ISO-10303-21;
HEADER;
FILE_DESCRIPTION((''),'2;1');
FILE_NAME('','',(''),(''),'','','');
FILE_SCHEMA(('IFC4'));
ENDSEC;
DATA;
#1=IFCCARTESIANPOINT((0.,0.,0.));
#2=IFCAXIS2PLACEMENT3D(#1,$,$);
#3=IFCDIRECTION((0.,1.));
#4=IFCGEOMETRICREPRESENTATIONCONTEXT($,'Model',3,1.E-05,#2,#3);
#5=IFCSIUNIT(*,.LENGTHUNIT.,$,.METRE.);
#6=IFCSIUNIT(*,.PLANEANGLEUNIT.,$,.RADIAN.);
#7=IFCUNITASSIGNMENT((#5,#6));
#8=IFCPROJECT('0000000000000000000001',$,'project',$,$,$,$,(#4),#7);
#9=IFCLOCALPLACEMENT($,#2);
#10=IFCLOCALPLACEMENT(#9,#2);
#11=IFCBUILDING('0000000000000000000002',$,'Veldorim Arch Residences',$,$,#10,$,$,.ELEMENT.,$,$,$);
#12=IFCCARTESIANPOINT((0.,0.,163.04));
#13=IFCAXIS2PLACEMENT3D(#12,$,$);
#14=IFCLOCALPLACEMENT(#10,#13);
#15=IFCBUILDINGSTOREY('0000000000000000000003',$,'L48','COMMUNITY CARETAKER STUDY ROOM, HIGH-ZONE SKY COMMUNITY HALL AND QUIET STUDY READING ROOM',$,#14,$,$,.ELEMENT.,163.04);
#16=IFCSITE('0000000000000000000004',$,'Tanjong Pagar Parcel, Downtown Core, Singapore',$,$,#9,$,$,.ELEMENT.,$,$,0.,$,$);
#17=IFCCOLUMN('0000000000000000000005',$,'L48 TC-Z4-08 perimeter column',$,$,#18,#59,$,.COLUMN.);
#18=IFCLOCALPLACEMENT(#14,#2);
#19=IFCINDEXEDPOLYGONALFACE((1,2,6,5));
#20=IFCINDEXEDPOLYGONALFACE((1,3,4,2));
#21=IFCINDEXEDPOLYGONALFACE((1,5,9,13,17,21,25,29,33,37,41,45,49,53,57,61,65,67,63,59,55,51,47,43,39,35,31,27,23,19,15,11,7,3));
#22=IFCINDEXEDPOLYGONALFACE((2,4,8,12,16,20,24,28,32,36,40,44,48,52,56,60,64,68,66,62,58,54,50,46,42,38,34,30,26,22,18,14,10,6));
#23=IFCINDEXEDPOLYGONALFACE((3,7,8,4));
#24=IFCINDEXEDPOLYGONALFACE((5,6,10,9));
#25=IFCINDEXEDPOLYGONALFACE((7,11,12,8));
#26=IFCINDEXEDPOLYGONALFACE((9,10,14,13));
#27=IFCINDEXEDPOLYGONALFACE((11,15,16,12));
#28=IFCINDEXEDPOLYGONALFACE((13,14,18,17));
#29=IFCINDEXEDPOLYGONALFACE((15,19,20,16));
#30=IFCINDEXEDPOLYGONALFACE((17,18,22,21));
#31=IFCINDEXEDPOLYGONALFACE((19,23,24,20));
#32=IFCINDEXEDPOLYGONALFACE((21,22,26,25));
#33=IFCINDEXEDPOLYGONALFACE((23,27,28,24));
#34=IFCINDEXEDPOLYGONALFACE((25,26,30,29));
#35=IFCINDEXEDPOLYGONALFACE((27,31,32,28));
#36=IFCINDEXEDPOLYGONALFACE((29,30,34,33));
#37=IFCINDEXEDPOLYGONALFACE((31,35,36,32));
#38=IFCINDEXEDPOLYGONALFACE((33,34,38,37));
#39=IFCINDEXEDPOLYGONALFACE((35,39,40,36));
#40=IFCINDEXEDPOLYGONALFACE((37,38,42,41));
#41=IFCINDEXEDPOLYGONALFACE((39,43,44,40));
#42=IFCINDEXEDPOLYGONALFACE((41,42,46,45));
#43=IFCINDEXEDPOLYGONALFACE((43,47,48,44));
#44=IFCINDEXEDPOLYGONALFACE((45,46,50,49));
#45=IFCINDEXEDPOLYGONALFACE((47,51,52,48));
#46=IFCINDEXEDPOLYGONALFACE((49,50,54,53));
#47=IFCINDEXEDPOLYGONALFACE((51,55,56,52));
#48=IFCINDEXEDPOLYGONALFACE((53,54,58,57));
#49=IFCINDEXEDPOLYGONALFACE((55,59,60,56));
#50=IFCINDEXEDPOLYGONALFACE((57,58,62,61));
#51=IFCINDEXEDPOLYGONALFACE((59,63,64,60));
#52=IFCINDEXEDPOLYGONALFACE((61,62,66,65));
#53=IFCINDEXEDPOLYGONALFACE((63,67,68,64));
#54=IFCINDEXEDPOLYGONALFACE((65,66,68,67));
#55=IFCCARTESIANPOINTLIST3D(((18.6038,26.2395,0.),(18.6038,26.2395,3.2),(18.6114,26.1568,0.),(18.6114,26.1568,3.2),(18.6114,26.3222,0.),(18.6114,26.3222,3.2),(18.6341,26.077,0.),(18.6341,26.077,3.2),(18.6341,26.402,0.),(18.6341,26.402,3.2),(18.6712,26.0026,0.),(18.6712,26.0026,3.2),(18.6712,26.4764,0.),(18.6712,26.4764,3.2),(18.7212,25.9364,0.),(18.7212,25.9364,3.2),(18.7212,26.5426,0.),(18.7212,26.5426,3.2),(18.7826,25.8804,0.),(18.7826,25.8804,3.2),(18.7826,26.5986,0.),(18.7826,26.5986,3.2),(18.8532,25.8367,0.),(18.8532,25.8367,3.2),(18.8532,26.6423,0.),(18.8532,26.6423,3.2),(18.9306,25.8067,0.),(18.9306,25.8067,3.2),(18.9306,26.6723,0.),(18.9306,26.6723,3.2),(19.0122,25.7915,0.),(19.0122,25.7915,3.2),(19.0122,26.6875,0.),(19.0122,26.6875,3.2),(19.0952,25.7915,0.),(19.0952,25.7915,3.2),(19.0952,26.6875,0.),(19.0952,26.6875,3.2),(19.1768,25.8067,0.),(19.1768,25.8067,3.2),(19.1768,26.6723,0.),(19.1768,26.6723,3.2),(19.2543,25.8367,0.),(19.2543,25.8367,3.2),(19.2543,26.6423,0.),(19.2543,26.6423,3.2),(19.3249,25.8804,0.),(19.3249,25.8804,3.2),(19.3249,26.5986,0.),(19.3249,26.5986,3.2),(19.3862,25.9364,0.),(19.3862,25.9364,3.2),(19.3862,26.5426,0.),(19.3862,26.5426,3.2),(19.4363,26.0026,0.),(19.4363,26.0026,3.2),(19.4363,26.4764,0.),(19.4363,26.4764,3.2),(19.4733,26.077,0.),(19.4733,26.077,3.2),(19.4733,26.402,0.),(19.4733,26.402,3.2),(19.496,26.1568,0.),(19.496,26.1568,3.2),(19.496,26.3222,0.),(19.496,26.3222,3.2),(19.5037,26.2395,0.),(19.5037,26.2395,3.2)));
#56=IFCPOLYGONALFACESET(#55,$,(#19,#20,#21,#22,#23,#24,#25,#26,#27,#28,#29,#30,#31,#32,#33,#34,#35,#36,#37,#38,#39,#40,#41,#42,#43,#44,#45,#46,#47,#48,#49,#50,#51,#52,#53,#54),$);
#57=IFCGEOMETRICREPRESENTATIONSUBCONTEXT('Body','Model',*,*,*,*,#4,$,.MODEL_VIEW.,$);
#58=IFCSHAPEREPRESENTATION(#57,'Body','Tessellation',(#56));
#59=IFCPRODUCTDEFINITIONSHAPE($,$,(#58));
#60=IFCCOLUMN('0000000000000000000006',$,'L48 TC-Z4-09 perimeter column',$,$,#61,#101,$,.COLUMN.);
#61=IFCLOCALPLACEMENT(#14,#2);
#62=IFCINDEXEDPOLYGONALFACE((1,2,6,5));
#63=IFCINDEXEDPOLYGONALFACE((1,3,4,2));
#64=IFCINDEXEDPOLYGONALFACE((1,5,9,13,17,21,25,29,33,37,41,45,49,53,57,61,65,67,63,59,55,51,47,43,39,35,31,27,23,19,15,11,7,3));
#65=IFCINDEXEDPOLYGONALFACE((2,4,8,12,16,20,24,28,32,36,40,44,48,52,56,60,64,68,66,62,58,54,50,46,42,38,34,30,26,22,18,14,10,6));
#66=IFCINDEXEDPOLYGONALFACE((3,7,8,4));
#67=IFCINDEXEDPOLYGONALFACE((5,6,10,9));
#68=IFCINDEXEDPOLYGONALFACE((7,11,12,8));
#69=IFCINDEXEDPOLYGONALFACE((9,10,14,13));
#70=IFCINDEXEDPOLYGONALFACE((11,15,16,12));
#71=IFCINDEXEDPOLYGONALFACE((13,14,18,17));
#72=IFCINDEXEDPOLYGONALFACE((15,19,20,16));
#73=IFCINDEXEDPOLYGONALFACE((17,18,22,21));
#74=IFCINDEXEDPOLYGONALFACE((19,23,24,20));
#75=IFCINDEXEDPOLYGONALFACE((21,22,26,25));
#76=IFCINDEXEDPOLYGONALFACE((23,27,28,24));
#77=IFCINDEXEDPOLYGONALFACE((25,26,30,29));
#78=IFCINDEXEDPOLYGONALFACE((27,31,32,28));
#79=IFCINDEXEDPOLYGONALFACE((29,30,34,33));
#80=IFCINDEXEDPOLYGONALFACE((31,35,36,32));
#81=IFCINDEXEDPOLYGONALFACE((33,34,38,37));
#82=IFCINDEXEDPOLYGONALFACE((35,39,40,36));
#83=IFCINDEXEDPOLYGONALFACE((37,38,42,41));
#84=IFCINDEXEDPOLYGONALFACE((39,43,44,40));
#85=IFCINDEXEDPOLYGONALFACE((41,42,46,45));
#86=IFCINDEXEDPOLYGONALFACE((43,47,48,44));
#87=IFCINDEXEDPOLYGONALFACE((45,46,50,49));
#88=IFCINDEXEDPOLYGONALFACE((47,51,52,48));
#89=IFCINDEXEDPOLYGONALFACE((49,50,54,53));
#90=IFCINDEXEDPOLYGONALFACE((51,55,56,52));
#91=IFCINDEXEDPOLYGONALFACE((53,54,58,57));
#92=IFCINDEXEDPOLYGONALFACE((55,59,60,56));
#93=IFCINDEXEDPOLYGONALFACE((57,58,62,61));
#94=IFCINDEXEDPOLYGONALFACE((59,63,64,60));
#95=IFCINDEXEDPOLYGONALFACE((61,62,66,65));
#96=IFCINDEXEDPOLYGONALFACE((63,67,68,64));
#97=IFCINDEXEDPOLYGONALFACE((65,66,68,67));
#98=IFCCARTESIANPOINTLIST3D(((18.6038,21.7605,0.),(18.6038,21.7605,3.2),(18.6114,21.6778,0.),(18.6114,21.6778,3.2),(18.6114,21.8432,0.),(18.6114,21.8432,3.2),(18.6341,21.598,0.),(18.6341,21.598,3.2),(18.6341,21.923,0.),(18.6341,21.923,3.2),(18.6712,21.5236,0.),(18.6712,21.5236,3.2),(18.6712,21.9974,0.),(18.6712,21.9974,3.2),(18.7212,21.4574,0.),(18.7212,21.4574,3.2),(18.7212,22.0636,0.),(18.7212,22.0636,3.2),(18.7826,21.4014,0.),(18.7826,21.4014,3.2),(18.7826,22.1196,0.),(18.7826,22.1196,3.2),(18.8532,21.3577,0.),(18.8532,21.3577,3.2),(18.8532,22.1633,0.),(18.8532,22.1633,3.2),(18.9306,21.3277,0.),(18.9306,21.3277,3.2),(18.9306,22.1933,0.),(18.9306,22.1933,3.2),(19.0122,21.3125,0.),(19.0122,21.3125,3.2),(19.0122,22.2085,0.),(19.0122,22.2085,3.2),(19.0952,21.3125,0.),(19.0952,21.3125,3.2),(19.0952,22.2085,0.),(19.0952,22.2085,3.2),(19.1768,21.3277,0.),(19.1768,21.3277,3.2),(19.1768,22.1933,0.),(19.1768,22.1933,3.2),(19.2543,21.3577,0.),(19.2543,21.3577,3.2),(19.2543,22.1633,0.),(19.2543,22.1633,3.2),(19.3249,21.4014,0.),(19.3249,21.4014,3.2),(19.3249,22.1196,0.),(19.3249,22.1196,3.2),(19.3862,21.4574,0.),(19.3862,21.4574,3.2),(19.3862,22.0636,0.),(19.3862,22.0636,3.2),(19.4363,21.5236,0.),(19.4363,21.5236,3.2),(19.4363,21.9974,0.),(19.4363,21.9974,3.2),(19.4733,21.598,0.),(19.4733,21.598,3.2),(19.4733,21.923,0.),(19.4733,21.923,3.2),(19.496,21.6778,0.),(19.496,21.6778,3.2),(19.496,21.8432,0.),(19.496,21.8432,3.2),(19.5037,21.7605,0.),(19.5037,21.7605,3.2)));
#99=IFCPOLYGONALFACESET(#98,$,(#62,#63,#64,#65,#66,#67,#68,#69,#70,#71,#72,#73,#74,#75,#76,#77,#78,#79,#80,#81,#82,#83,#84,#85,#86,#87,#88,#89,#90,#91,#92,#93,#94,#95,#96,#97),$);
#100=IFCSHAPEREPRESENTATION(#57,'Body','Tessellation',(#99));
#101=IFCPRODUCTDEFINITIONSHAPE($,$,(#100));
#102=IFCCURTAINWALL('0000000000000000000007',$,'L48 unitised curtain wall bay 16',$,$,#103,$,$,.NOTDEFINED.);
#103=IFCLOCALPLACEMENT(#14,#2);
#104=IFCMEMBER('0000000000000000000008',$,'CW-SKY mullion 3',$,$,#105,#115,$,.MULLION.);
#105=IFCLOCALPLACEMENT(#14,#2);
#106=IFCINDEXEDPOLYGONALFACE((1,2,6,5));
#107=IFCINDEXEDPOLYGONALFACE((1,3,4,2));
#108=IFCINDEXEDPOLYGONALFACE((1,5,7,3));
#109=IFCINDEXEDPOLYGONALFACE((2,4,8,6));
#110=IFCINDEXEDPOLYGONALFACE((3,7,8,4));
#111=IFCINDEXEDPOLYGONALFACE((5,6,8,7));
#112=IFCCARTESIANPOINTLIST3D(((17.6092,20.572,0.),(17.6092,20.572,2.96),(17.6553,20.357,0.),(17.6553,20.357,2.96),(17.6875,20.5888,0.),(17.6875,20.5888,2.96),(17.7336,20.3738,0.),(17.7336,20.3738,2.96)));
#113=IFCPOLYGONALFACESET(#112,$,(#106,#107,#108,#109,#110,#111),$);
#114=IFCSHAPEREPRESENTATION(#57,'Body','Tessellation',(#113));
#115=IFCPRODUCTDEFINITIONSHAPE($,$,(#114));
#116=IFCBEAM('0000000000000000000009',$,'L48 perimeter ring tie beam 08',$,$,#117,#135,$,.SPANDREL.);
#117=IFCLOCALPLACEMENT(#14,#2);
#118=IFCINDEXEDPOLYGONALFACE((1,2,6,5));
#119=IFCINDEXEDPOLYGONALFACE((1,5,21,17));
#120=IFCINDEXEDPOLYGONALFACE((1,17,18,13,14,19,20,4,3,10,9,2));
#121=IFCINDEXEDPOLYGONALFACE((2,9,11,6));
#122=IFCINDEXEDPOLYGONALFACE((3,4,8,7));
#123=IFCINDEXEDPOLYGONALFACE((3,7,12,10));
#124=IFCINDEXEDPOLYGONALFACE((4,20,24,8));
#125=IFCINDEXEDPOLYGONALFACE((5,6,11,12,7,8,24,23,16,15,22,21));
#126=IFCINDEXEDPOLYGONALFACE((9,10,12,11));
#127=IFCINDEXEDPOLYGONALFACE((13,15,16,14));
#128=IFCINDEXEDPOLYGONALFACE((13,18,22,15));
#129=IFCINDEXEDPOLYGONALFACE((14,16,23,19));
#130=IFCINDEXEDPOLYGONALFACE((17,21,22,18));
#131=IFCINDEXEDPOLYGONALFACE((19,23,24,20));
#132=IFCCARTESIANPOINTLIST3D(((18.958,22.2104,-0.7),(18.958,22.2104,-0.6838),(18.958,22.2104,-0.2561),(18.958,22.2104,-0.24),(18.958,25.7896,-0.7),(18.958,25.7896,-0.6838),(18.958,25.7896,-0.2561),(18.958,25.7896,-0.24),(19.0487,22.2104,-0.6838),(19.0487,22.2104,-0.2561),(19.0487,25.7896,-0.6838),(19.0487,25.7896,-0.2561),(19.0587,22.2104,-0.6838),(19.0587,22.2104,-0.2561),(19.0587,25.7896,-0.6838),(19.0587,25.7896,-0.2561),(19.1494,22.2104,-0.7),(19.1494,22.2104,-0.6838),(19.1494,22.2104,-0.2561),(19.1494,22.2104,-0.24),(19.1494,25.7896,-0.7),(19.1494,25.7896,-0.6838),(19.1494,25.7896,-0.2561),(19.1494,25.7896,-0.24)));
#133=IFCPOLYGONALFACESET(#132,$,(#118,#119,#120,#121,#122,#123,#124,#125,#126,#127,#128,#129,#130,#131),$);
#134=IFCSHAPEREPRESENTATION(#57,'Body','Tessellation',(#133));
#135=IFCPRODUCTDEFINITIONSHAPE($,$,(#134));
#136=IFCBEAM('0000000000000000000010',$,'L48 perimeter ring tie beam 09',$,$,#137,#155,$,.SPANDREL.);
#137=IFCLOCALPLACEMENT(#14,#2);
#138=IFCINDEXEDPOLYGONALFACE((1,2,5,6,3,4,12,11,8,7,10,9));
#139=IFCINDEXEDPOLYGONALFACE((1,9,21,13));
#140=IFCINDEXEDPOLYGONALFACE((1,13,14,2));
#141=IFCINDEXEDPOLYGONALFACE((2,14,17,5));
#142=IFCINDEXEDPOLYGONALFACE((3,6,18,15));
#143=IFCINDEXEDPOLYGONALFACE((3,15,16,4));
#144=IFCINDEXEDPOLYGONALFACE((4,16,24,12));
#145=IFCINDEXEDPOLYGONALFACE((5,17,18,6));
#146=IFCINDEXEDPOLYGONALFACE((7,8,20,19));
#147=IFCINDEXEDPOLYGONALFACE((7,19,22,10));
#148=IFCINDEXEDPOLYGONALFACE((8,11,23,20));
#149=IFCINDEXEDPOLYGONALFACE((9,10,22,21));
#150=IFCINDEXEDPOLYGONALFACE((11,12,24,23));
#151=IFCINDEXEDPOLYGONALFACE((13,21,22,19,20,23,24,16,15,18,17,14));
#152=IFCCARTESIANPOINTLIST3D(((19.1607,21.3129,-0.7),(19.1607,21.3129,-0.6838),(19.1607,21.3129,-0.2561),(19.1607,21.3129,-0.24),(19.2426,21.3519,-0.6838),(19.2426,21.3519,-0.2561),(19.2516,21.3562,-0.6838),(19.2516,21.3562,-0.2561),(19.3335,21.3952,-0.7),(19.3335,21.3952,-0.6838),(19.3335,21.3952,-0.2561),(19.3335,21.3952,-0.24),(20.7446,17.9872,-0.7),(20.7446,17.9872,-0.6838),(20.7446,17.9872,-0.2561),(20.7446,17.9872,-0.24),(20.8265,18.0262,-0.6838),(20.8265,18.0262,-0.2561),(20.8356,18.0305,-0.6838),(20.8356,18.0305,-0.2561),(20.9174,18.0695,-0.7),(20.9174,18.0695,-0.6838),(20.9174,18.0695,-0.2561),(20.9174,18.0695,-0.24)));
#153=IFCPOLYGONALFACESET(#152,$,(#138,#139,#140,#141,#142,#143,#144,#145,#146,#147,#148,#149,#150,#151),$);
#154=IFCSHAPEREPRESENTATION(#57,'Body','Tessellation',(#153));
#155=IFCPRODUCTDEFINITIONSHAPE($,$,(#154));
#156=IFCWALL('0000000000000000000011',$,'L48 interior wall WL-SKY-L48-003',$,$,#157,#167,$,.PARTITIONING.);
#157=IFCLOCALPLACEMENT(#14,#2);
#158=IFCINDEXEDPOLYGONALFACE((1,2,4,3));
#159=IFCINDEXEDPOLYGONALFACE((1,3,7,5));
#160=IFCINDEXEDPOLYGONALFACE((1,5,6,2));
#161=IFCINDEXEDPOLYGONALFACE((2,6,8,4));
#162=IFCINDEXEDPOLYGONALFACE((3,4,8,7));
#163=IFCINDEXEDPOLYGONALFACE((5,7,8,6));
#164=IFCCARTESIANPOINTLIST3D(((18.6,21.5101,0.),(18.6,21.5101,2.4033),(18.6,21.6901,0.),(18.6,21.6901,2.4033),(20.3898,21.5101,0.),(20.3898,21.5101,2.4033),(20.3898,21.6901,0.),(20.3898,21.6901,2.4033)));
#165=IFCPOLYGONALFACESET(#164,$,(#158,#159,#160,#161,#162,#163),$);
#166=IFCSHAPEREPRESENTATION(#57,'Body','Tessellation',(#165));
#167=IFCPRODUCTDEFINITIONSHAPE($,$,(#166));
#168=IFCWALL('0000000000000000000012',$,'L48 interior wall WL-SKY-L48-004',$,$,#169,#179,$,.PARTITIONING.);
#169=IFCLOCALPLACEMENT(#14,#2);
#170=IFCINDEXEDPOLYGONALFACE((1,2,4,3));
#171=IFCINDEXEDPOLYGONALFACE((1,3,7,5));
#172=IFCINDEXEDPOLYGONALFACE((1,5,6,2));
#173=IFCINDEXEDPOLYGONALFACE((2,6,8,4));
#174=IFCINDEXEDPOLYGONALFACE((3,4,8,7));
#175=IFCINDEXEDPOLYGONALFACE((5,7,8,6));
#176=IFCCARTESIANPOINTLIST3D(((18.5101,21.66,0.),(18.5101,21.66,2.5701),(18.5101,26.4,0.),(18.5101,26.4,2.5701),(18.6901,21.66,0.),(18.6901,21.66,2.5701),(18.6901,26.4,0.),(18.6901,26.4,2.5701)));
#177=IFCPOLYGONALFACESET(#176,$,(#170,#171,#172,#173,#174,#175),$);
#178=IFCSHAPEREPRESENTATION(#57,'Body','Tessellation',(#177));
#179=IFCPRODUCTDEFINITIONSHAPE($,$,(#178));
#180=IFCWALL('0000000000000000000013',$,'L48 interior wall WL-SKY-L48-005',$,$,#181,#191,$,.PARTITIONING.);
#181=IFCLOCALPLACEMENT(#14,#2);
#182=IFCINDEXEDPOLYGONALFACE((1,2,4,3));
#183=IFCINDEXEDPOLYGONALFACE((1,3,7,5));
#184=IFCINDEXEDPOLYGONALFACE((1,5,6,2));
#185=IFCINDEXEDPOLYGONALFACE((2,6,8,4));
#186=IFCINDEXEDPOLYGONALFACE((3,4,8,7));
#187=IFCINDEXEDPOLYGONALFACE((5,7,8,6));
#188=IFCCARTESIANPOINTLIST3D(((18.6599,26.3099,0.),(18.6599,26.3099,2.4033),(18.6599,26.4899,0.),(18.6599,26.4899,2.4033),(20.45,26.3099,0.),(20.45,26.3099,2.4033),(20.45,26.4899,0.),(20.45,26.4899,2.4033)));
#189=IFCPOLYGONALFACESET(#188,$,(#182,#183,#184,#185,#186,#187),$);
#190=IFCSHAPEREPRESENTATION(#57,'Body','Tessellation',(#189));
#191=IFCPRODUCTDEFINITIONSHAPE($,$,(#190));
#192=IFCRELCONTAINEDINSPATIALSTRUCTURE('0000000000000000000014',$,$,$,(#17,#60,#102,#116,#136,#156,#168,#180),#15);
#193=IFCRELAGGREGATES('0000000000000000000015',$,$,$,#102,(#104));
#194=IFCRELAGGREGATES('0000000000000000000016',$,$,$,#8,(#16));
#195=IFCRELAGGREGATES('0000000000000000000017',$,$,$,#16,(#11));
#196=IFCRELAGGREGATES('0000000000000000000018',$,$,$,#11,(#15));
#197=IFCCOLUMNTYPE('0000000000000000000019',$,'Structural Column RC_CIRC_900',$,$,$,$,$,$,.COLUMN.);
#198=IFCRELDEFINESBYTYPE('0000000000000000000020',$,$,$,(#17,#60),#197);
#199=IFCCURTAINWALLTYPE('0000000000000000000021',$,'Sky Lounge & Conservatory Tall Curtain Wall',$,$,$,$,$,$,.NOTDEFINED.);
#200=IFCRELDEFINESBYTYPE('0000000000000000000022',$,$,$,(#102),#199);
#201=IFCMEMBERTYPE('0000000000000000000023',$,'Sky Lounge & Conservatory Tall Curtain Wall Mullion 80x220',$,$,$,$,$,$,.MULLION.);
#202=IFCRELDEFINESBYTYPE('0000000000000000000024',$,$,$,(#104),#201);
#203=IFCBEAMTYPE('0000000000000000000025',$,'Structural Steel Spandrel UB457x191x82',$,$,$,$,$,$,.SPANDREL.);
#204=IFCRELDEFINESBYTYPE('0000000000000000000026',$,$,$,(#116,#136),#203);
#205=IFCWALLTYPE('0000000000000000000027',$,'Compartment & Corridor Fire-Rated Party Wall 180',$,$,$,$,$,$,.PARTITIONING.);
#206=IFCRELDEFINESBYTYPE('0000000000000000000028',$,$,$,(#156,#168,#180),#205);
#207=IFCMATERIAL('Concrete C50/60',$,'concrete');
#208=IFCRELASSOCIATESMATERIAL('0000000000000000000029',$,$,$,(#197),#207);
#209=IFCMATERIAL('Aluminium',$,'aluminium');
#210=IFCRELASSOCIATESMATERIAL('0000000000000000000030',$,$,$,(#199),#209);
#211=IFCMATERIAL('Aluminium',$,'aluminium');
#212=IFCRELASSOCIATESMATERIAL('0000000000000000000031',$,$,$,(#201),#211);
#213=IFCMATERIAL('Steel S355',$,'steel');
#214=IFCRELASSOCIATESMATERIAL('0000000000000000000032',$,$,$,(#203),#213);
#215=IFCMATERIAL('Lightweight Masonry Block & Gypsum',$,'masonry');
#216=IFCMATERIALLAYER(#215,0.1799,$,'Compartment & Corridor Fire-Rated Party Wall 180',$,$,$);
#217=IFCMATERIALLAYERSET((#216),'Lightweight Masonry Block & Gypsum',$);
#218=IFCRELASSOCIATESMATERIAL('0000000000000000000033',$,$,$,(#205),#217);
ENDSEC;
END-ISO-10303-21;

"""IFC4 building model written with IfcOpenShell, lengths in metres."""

from ifc_helpers import new_model, si_unit, direction, frame, frame_2d, origin, origin_2d, place, context, subcontext, project, spatial, rectangle, circle, i_section, extrude, material, layer, layer_set, material_profile, profile_set, type_object, element, aggregate, save


model = new_model("IFC4")

# Units and contexts
model_context = context("Model", 3, precision=1e-05, world=origin(), true_north=direction((0.0, 1.0)))
body_context = subcontext(model_context, "Body", "Model", "MODEL_VIEW")
ifc_project = project(units=[si_unit("LENGTHUNIT", "METRE"), si_unit("PLANEANGLEUNIT", "RADIAN")], contexts=[model_context])

# Site, building, storey
site_placement = place(None, origin())
site = spatial("IfcSite", under=ifc_project, at=site_placement, Name="Tanjong Pagar Parcel, Downtown Core, Singapore", CompositionType="ELEMENT", RefElevation=0.0)
building_placement = place(site_placement, origin())
building = spatial("IfcBuilding", under=site, at=building_placement, Name="Veldorim Arch Residences", CompositionType="ELEMENT")
storey_placement = place(building_placement, frame((0.0, 0.0, 163.04)))
storey = spatial("IfcBuildingStorey", under=building, at=storey_placement, Name="L48", Description="COMMUNITY CARETAKER STUDY ROOM, HIGH-ZONE SKY COMMUNITY HALL AND QUIET STUDY READING ROOM", CompositionType="ELEMENT", Elevation=163.04)

# Columns
ifc_material_1 = material(Name="Concrete C50/60", Category="concrete")
ifc_material_profile_1 = material_profile(ifc_material_1, circle(Radius=0.45, at=origin_2d()), Name="RC_CIRC_900")
ifc_profile_set_1 = profile_set([ifc_material_profile_1], Name="Concrete C50/60")
column_type = type_object("IfcColumnType", Name="Structural Column RC_CIRC_900", PredefinedType="COLUMN", material=ifc_profile_set_1)
for number, where, z_axis, x_axis, name in (
    (1, (19.0537, 26.2395, 0.0), (0.0, 0.0, 1.0), (1.0, 0.0, 0.0), "L48 TC-Z4-08 perimeter column"),
    (2, (19.0537, 21.7605, 0.0), (0.0, 0.0, 1.0), (1.0, 0.0, 0.0), "L48 TC-Z4-09 perimeter column"),
):
    element("IfcColumn", number, at=place(storey_placement, frame(where, z_axis=z_axis, x_axis=x_axis)), inside=storey, type_object=column_type, Name=name, PredefinedType="COLUMN", context=body_context, shape_type="SweptSolid", body=[
        extrude(circle(Radius=0.45, at=origin_2d()), origin(), (0.0, 0.0, 1.0), 3.2),
    ])

# Curtain wall, member
ifc_material_2 = material(Name="Aluminium", Category="aluminium")
curtain_wall_type = type_object("IfcCurtainWallType", Name="Sky Lounge & Conservatory Tall Curtain Wall", PredefinedType="NOTDEFINED", material=ifc_material_2)
curtain_wall_placement = place(storey_placement, origin())
curtain_wall = element("IfcCurtainWall", 3, at=curtain_wall_placement, inside=storey, type_object=curtain_wall_type, Name="L48 unitised curtain wall bay 16", PredefinedType="NOTDEFINED")
ifc_material_3 = material(Name="Aluminium", Category="aluminium")
ifc_material_profile_2 = material_profile(ifc_material_3, rectangle(XDim=0.0801, YDim=0.22, at=origin_2d()), Name="ALU_MUL_80x220")
ifc_profile_set_2 = profile_set([ifc_material_profile_2], Name="Aluminium")
member_type = type_object("IfcMemberType", Name="Sky Lounge & Conservatory Tall Curtain Wall Mullion 80x220", PredefinedType="MULLION", material=ifc_profile_set_2)
member_placement = place(storey_placement, frame((17.6714, 20.4729, 0.0), z_axis=(0.0, 0.0, 1.0), x_axis=(-0.977731, -0.209861, 0.0)))
member = element("IfcMember", 4, at=member_placement, type_object=member_type, Name="CW-SKY mullion 3", PredefinedType="MULLION", context=body_context, shape_type="SweptSolid", body=[
    extrude(rectangle(XDim=0.0801, YDim=0.22, at=origin_2d()), origin(), (0.0, 0.0, 1.0), 2.96),
])
aggregate(curtain_wall, [member])

# Beams
ifc_material_4 = material(Name="Steel S355", Category="steel")
ifc_material_profile_3 = material_profile(ifc_material_4, i_section(OverallWidth=0.1914, OverallDepth=0.46, WebThickness=0.01, FlangeThickness=0.0161, at=origin_2d()), Name="UB457x191x82")
ifc_profile_set_3 = profile_set([ifc_material_profile_3], Name="Steel S355")
beam_type = type_object("IfcBeamType", Name="Structural Steel Spandrel UB457x191x82", PredefinedType="SPANDREL", material=ifc_profile_set_3)
beam_1_placement = place(storey_placement, frame((19.0537, 25.7896, -0.47), z_axis=(0.0, -1.0, 0.0), x_axis=(1.0, 0.0, 0.0)))
element("IfcBeam", 5, at=beam_1_placement, inside=storey, type_object=beam_type, Name="L48 perimeter ring tie beam 08", PredefinedType="SPANDREL", context=body_context, shape_type="SweptSolid", body=[
    extrude(i_section(OverallWidth=0.1914, OverallDepth=0.46, WebThickness=0.01, FlangeThickness=0.0161, at=origin_2d()), origin(), (0.0, 0.0, 1.0), 3.5791),
])
beam_2_placement = place(storey_placement, frame((19.2471, 21.354, -0.47), z_axis=(0.430006, -0.902826, 0.0), x_axis=(0.902826, 0.430006, 0.0)))
element("IfcBeam", 6, at=beam_2_placement, inside=storey, type_object=beam_type, Name="L48 perimeter ring tie beam 09", PredefinedType="SPANDREL", context=body_context, shape_type="SweptSolid", body=[
    extrude(i_section(OverallWidth=0.1914, OverallDepth=0.46, WebThickness=0.01, FlangeThickness=0.0161, at=origin_2d()), origin(), (0.0, 0.0, 1.0), 3.6836),
])

# Walls
ifc_material_5 = material(Name="Lightweight Masonry Block & Gypsum", Category="masonry")
ifc_layer_1 = layer(ifc_material_5, 0.1799, Name="Compartment & Corridor Fire-Rated Party Wall 180")
ifc_layer_set_1 = layer_set([ifc_layer_1], Name="Lightweight Masonry Block & Gypsum")
wall_type_1 = type_object("IfcWallType", Name="Compartment & Corridor Fire-Rated Party Wall 180", PredefinedType="PARTITIONING", material=ifc_layer_set_1)
wall_1_placement = place(storey_placement, frame((20.3899, 21.6001, 0.0), z_axis=(0.0, 0.0, 1.0), x_axis=(-1.0, 0.0, 0.0)))
element("IfcWall", 7, at=wall_1_placement, inside=storey, type_object=wall_type_1, Name="L48 interior wall WL-SKY-L48-003", PredefinedType="PARTITIONING", context=body_context, shape_type="SweptSolid", body=[
    extrude(rectangle(XDim=1.7898, YDim=0.1799, at=frame_2d((0.895, 0.0))), origin(), (0.0, 0.0, 1.0), 2.4033),
])
wall_2_placement = place(storey_placement, frame((18.6001, 21.6599, 0.0), z_axis=(0.0, 0.0, 1.0), x_axis=(0.0, 1.0, 0.0)))
element("IfcWall", 8, at=wall_2_placement, inside=storey, type_object=wall_type_1, Name="L48 interior wall WL-SKY-L48-004", PredefinedType="PARTITIONING", context=body_context, shape_type="SweptSolid", body=[
    extrude(rectangle(XDim=4.74, YDim=0.1799, at=frame_2d((2.3701, 0.0))), origin(), (0.0, 0.0, 1.0), 2.5701),
])
wall_3_placement = place(storey_placement, frame((18.6599, 26.3999, 0.0), z_axis=(0.0, 0.0, 1.0), x_axis=(1.0, 0.0, 0.0)))
element("IfcWall", 9, at=wall_3_placement, inside=storey, type_object=wall_type_1, Name="L48 interior wall WL-SKY-L48-005", PredefinedType="PARTITIONING", context=body_context, shape_type="SweptSolid", body=[
    extrude(rectangle(XDim=1.79, YDim=0.1799, at=frame_2d((0.895, 0.0))), origin(), (0.0, 0.0, 1.0), 2.4033),
])

save(model, "model.ifc")
